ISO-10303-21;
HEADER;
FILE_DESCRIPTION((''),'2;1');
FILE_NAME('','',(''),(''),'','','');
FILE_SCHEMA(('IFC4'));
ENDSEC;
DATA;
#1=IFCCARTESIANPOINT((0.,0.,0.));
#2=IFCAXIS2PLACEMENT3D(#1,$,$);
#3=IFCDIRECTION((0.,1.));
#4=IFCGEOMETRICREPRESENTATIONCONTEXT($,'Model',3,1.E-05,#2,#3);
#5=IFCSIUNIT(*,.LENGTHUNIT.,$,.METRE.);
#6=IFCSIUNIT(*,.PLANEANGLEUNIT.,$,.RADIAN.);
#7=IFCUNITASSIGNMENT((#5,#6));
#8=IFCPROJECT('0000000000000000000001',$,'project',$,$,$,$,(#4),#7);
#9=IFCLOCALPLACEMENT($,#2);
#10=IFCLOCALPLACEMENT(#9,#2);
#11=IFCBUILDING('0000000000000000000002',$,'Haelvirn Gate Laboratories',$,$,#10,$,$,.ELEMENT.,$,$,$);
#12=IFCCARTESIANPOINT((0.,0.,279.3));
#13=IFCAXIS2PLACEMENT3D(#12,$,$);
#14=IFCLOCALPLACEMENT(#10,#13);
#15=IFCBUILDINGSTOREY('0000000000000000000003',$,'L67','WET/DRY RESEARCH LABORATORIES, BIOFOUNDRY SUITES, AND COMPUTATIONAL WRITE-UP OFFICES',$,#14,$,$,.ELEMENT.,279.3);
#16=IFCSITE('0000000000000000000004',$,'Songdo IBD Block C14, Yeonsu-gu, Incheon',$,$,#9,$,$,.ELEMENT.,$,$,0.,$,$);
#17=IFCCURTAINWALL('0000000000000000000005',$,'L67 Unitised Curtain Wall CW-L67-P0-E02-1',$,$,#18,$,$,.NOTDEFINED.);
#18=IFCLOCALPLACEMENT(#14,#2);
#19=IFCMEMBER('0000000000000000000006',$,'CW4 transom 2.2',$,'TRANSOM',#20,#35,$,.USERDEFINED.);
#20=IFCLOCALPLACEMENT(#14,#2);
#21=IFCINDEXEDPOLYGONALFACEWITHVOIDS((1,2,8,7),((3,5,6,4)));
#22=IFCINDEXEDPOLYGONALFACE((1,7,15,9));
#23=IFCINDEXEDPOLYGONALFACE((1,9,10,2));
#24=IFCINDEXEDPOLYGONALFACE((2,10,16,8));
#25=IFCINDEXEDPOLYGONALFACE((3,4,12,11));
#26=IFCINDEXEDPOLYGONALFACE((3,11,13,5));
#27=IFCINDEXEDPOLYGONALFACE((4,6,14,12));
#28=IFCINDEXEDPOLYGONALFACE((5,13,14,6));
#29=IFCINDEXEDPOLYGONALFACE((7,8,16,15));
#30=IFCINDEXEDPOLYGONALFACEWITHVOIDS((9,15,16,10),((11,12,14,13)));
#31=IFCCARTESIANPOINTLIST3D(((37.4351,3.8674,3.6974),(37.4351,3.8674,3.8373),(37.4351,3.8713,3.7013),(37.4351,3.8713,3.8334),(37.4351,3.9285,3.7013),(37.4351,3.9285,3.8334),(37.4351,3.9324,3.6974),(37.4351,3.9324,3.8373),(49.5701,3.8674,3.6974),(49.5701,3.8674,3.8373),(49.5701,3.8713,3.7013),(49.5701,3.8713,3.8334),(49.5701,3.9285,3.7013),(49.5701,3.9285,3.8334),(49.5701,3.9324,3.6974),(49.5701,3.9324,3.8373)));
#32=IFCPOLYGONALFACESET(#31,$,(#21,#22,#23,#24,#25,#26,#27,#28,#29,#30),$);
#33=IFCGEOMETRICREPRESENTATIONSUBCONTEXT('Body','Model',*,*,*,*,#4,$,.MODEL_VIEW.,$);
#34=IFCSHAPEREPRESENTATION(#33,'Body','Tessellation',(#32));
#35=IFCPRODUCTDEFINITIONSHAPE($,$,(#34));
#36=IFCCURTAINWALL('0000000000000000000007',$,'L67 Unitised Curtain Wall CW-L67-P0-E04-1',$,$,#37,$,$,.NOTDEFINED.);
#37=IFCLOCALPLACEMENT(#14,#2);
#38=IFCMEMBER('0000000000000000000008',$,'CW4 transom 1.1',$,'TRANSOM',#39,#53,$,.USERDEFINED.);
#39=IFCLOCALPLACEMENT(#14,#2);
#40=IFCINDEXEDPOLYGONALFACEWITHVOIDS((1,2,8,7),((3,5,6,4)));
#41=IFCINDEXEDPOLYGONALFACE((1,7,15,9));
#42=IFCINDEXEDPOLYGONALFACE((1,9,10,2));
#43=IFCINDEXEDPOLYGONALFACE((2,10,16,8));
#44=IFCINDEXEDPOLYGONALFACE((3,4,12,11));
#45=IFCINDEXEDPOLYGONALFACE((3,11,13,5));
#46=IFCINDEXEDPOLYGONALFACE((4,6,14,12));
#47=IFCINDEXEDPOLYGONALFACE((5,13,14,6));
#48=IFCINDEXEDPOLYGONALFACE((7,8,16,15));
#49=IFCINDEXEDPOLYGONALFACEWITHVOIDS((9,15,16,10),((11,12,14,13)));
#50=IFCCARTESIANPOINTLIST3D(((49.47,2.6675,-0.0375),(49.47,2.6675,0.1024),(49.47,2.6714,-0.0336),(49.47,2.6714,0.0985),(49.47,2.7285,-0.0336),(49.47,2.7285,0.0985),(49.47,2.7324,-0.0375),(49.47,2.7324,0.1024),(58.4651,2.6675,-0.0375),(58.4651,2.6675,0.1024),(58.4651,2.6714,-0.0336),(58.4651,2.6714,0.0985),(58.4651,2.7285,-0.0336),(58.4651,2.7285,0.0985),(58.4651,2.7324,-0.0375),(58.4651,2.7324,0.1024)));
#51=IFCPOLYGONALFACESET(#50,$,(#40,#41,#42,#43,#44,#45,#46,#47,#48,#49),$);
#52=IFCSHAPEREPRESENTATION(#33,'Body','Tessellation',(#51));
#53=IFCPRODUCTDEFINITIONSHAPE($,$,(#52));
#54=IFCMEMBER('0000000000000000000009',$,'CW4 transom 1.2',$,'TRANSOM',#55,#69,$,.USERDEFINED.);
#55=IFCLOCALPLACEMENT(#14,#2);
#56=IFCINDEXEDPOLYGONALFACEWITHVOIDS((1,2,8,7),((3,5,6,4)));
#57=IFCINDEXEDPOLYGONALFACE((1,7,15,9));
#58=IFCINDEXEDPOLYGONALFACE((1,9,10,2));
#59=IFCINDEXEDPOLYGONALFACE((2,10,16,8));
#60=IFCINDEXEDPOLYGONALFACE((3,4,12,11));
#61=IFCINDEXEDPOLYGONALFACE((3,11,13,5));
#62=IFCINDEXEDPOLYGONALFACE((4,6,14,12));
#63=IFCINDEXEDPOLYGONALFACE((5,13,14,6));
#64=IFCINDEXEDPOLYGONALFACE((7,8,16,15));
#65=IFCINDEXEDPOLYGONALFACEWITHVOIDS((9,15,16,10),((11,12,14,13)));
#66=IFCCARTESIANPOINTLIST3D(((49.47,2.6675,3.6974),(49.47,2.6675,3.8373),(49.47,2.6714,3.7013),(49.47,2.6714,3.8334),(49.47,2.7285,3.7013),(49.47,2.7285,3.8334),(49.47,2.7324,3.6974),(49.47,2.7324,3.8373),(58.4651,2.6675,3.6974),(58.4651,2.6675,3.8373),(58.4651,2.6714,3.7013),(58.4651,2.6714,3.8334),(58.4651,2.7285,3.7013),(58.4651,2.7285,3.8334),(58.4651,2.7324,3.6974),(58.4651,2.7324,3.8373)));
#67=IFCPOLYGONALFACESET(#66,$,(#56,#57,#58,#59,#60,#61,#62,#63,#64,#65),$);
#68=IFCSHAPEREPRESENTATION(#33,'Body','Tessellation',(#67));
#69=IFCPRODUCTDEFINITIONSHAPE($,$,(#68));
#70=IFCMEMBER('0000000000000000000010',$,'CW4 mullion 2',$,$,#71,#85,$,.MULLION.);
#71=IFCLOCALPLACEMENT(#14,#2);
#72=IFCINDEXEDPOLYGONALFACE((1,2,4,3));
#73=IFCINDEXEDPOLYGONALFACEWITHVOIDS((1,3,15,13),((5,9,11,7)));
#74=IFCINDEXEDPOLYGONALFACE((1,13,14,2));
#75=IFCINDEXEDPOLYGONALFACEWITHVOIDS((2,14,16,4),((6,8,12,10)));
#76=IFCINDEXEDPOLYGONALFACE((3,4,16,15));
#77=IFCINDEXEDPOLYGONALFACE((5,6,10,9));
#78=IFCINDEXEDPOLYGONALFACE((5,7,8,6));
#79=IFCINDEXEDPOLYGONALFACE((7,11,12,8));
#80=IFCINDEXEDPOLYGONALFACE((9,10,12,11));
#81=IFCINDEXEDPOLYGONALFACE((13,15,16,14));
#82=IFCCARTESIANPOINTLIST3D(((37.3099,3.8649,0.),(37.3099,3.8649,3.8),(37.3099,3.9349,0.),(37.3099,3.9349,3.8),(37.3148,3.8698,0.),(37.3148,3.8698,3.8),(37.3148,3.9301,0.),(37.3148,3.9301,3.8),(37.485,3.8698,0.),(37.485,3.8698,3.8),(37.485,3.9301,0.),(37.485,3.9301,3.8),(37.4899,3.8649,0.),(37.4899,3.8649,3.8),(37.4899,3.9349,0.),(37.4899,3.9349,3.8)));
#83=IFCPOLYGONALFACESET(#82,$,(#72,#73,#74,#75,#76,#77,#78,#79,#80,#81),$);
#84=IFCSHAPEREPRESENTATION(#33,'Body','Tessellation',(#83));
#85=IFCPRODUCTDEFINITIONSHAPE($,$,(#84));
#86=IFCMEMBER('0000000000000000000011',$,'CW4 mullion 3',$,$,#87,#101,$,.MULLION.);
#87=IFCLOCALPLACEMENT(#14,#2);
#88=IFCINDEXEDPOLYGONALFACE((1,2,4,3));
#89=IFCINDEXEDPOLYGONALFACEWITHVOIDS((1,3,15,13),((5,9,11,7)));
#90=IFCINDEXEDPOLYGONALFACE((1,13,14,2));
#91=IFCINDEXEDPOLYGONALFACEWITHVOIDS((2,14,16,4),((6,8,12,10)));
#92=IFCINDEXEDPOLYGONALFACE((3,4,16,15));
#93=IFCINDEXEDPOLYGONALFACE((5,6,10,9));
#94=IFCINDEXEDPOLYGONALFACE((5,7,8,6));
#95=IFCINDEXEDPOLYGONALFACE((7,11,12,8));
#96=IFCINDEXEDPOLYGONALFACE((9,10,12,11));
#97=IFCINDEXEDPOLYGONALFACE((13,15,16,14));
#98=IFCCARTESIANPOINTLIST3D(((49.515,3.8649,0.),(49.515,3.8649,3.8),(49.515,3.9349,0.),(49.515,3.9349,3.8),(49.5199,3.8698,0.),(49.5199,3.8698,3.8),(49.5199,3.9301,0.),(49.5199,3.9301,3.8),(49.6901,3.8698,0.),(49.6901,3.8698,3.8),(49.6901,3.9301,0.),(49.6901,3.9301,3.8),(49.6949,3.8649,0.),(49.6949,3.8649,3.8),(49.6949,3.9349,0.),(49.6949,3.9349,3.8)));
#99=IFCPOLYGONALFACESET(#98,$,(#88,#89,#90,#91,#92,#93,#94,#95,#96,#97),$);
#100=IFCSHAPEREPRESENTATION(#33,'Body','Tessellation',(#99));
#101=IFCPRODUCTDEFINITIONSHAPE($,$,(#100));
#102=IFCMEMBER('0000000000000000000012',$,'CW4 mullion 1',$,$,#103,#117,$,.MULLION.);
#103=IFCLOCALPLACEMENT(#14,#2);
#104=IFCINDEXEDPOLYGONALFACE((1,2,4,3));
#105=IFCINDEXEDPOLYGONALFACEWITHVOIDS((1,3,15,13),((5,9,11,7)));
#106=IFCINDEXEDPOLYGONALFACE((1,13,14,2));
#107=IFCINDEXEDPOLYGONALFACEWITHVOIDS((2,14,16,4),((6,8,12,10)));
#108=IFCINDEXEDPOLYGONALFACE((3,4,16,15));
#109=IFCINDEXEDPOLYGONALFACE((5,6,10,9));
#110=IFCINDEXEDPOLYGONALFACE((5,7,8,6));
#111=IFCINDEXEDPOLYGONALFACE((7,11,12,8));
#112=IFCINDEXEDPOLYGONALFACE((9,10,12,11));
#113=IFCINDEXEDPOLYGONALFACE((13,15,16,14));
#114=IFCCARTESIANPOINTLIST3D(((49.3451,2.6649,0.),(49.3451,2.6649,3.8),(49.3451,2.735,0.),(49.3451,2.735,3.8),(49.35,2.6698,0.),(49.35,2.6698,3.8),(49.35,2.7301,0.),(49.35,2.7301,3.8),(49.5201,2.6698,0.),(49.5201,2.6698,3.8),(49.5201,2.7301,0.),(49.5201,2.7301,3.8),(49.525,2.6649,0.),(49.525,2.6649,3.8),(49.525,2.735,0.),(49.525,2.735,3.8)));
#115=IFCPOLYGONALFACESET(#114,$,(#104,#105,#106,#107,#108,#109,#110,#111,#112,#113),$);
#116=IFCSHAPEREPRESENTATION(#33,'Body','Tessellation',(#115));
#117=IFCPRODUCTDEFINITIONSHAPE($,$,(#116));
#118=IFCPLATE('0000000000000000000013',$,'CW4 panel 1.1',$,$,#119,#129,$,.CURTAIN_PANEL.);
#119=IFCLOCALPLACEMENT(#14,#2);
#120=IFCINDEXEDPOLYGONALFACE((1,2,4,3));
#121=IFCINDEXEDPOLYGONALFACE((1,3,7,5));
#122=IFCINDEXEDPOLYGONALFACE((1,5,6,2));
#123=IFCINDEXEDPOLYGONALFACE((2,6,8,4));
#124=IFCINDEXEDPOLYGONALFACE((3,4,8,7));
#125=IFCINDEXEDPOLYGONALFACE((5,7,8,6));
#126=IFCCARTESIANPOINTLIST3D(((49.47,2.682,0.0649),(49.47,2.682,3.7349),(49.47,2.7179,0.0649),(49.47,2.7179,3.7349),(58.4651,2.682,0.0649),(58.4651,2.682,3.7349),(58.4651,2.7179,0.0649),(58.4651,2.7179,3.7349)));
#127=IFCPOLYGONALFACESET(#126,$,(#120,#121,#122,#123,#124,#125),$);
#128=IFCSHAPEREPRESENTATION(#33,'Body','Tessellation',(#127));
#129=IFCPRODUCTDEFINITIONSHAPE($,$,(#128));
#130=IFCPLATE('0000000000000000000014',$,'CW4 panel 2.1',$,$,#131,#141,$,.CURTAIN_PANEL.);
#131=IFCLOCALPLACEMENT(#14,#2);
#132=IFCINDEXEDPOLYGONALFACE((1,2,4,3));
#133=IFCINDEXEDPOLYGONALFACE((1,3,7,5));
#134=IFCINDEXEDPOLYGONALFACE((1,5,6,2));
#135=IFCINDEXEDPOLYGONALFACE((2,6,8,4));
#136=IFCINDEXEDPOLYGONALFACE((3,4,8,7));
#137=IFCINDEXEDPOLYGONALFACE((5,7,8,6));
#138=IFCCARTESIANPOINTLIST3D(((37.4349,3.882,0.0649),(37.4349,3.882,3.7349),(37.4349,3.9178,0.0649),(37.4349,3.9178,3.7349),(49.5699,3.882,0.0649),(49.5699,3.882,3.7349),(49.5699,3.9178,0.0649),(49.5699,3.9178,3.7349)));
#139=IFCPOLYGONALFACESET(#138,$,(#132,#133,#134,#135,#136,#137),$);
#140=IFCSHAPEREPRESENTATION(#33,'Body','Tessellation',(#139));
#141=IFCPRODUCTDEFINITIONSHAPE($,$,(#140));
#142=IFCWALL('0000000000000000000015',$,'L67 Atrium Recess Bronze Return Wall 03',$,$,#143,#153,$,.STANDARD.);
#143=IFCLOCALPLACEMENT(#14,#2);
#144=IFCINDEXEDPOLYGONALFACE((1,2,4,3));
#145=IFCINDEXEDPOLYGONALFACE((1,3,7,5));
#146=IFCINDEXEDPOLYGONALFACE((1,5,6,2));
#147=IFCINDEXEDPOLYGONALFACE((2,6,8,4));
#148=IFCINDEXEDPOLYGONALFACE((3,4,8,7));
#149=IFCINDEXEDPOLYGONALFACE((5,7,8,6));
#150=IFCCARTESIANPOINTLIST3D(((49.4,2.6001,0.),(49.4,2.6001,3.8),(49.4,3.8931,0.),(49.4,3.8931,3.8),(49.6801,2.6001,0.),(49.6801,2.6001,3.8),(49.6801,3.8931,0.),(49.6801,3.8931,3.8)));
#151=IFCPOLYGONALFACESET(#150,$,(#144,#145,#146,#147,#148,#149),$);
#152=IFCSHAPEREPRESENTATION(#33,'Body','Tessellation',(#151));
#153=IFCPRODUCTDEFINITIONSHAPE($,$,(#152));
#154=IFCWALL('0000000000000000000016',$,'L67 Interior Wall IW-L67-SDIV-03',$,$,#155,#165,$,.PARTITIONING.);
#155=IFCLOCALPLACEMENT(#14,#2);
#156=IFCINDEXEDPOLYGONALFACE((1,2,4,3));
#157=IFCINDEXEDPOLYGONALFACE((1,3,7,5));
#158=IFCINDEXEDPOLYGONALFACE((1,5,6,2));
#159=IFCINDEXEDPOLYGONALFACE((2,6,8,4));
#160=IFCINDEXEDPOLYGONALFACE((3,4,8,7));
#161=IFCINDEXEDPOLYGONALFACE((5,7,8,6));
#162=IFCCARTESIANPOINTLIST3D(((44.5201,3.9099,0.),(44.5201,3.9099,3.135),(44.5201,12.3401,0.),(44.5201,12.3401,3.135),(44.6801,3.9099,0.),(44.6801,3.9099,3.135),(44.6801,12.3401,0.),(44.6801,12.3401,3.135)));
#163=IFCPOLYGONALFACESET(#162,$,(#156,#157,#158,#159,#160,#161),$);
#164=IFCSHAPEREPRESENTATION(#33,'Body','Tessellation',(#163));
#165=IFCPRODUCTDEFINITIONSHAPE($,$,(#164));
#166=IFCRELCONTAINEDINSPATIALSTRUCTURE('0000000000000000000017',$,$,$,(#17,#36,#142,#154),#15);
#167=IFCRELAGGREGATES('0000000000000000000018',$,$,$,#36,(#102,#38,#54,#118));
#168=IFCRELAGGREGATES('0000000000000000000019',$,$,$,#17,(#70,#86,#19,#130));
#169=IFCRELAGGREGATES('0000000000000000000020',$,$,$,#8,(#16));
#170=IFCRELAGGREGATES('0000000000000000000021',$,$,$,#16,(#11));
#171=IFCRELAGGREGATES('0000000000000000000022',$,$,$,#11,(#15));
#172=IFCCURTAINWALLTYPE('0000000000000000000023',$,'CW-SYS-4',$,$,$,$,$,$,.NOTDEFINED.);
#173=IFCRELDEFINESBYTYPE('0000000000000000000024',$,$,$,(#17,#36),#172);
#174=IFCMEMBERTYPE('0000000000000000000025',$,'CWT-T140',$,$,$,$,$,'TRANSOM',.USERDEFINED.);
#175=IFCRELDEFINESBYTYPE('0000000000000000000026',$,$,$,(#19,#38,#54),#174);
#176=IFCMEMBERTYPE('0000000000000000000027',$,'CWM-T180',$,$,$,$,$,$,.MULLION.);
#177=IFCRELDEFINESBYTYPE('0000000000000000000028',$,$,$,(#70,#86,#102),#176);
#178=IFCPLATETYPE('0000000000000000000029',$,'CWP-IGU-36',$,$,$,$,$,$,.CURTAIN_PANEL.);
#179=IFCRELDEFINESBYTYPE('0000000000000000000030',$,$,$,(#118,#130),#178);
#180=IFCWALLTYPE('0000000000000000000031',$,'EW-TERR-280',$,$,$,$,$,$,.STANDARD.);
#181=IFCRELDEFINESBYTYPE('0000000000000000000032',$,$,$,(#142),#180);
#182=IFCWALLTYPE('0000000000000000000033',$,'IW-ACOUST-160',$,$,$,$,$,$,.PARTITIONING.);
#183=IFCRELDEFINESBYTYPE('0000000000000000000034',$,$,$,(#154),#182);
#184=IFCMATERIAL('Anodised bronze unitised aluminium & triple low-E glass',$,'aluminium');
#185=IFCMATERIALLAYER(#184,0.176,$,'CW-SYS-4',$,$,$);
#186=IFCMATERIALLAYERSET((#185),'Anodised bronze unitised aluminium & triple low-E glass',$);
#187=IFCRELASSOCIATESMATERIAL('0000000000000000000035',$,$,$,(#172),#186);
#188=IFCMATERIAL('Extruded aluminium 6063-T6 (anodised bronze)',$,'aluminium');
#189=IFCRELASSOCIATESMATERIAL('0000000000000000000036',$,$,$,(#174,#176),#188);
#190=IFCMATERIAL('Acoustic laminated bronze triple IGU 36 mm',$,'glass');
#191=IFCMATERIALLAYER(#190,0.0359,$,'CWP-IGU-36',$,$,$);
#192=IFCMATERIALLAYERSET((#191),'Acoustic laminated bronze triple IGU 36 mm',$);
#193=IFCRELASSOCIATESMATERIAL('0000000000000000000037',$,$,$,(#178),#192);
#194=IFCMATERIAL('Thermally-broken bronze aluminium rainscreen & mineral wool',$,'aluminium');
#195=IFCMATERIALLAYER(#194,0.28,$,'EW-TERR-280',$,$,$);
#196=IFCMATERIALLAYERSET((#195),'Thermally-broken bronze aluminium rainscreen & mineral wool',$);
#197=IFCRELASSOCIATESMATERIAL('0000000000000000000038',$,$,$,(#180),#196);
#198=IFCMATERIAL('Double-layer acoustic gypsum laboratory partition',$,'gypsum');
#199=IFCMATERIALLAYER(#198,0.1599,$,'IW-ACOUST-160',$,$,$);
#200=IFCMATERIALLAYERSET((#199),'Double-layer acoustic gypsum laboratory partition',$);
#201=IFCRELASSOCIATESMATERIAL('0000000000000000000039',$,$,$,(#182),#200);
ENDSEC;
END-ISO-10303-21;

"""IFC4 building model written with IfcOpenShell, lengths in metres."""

from ifc_helpers import new_model, si_unit, direction, frame, frame_2d, origin, origin_2d, place, context, subcontext, project, spatial, rectangle, hollow_rectangle, extrude, source, transform, mapped, material, layer, layer_set, material_profile, profile_set, type_object, type_shapes, element, aggregate, save


model = new_model("IFC4")

# Units and contexts
model_context = context("Model", 3, precision=1e-05, world=origin(), true_north=direction((0.0, 1.0)))
body_context = subcontext(model_context, "Body", "Model", "MODEL_VIEW")
ifc_project = project(units=[si_unit("LENGTHUNIT", "METRE"), si_unit("PLANEANGLEUNIT", "RADIAN")], contexts=[model_context])

# Site, building, storey
site_placement = place(None, origin())
site = spatial("IfcSite", under=ifc_project, at=site_placement, Name="Songdo IBD Block C14, Yeonsu-gu, Incheon", CompositionType="ELEMENT", RefElevation=0.0)
building_placement = place(site_placement, origin())
building = spatial("IfcBuilding", under=site, at=building_placement, Name="Haelvirn Gate Laboratories", CompositionType="ELEMENT")
storey_placement = place(building_placement, frame((0.0, 0.0, 279.3)))
storey = spatial("IfcBuildingStorey", under=building, at=storey_placement, Name="L67", Description="WET/DRY RESEARCH LABORATORIES, BIOFOUNDRY SUITES, AND COMPUTATIONAL WRITE-UP OFFICES", CompositionType="ELEMENT", Elevation=279.3)

# Curtain walls, members
ifc_material_1 = material(Name="Anodised bronze unitised aluminium & triple low-E glass", Category="aluminium")
ifc_layer_1 = layer(ifc_material_1, 0.176, Name="CW-SYS-4")
ifc_layer_set_1 = layer_set([ifc_layer_1], Name="Anodised bronze unitised aluminium & triple low-E glass")
curtain_wall_type = type_object("IfcCurtainWallType", Name="CW-SYS-4", PredefinedType="NOTDEFINED", material=ifc_layer_set_1)
curtain_wall_1_placement = place(storey_placement, origin())
curtain_wall_1 = element("IfcCurtainWall", 1, at=curtain_wall_1_placement, inside=storey, type_object=curtain_wall_type, Name="L67 Unitised Curtain Wall CW-L67-P0-E02-1", PredefinedType="NOTDEFINED")
ifc_material_2 = material(Name="Extruded aluminium 6063-T6 (anodised bronze)", Category="aluminium")
ifc_material_profile_1 = material_profile(ifc_material_2, hollow_rectangle(XDim=0.0649, YDim=0.1399, WallThickness=0.0039, at=origin_2d()), Name="CWT-140x65x4")
ifc_profile_set_1 = profile_set([ifc_material_profile_1], Name="Extruded aluminium 6063-T6 (anodised bronze)")
member_type_1 = type_object("IfcMemberType", Name="CWT-T140", ElementType="TRANSOM", PredefinedType="USERDEFINED", material=ifc_profile_set_1)
shared_shape_1 = source(origin(), body_context, "Body", "SweptSolid", [
    extrude(hollow_rectangle(XDim=0.0649, YDim=0.1399, WallThickness=0.0039, at=origin_2d()), origin(), (0.0, 0.0, 1.0), 12.135),
])
member_1_placement = place(storey_placement, frame((37.4351, 3.8999, 3.7673), z_axis=(1.0, 0.0, 0.0), x_axis=(0.0, 1.0, 0.0)))
member_1 = element("IfcMember", 2, at=member_1_placement, type_object=member_type_1, Name="CW4 transom 2.2", ObjectType="TRANSOM", PredefinedType="USERDEFINED", context=body_context, shape_type="MappedRepresentation", body=[
    mapped(shared_shape_1, transform((0.0, 0.0, 0.0), scale=1.0)),
])
curtain_wall_2_placement = place(storey_placement, origin())
curtain_wall_2 = element("IfcCurtainWall", 3, at=curtain_wall_2_placement, inside=storey, type_object=curtain_wall_type, Name="L67 Unitised Curtain Wall CW-L67-P0-E04-1", PredefinedType="NOTDEFINED")
shared_shape_2 = source(origin(), body_context, "Body", "SweptSolid", [
    extrude(hollow_rectangle(XDim=0.0649, YDim=0.1399, WallThickness=0.0039, at=origin_2d()), origin(), (0.0, 0.0, 1.0), 8.9951),
])
type_shapes(member_type_1, [shared_shape_1, shared_shape_2])
member_2_placement = place(storey_placement, frame((49.47, 2.7, 0.0325), z_axis=(1.0, 0.0, 0.0), x_axis=(0.0, 1.0, 0.0)))
member_2 = element("IfcMember", 4, at=member_2_placement, type_object=member_type_1, Name="CW4 transom 1.1", ObjectType="TRANSOM", PredefinedType="USERDEFINED", context=body_context, shape_type="MappedRepresentation", body=[
    mapped(shared_shape_2, transform((0.0, 0.0, 0.0), scale=1.0)),
])
member_3_placement = place(storey_placement, frame((49.47, 2.7, 3.7673), z_axis=(1.0, 0.0, 0.0), x_axis=(0.0, 1.0, 0.0)))
member_3 = element("IfcMember", 5, at=member_3_placement, type_object=member_type_1, Name="CW4 transom 1.2", ObjectType="TRANSOM", PredefinedType="USERDEFINED", context=body_context, shape_type="MappedRepresentation", body=[
    mapped(shared_shape_2, transform((0.0, 0.0, 0.0), scale=1.0)),
])

# Members
ifc_material_profile_2 = material_profile(ifc_material_2, hollow_rectangle(XDim=0.0701, YDim=0.1799, WallThickness=0.0049, at=origin_2d()), Name="CWM-180x70x5")
ifc_profile_set_2 = profile_set([ifc_material_profile_2], Name="Extruded aluminium 6063-T6 (anodised bronze)")
member_type_2 = type_object("IfcMemberType", Name="CWM-T180", PredefinedType="MULLION", material=ifc_profile_set_2)
shared_shape_3 = source(origin(), body_context, "Body", "SweptSolid", [
    extrude(hollow_rectangle(XDim=0.0701, YDim=0.1799, WallThickness=0.0049, at=origin_2d()), origin(), (0.0, 0.0, 1.0), 3.8),
])
type_shapes(member_type_2, [shared_shape_3])
member_4_placement = place(storey_placement, frame((37.3999, 3.8999, 0.0), z_axis=(0.0, 0.0, 1.0), x_axis=(0.0, 1.0, 0.0)))
member_4 = element("IfcMember", 6, at=member_4_placement, type_object=member_type_2, Name="CW4 mullion 2", PredefinedType="MULLION", context=body_context, shape_type="MappedRepresentation", body=[
    mapped(shared_shape_3, transform((0.0, 0.0, 0.0), scale=1.0)),
])
member_5_placement = place(storey_placement, frame((49.605, 3.8999, 0.0), z_axis=(0.0, 0.0, 1.0), x_axis=(0.0, 1.0, 0.0)))
member_5 = element("IfcMember", 7, at=member_5_placement, type_object=member_type_2, Name="CW4 mullion 3", PredefinedType="MULLION", context=body_context, shape_type="MappedRepresentation", body=[
    mapped(shared_shape_3, transform((0.0, 0.0, 0.0), scale=1.0)),
])
member_6_placement = place(storey_placement, frame((49.4351, 2.7, 0.0), z_axis=(0.0, 0.0, 1.0), x_axis=(0.0, 1.0, 0.0)))
member_6 = element("IfcMember", 8, at=member_6_placement, type_object=member_type_2, Name="CW4 mullion 1", PredefinedType="MULLION", context=body_context, shape_type="MappedRepresentation", body=[
    mapped(shared_shape_3, transform((0.0, 0.0, 0.0), scale=1.0)),
])

# Plates
ifc_material_3 = material(Name="Acoustic laminated bronze triple IGU 36 mm", Category="glass")
ifc_layer_2 = layer(ifc_material_3, 0.0359, Name="CWP-IGU-36")
ifc_layer_set_2 = layer_set([ifc_layer_2], Name="Acoustic laminated bronze triple IGU 36 mm")
plate_type = type_object("IfcPlateType", Name="CWP-IGU-36", PredefinedType="CURTAIN_PANEL", material=ifc_layer_set_2)
shared_shape_4 = source(origin(), body_context, "Body", "SweptSolid", [
    extrude(rectangle(XDim=8.9951, YDim=0.0359, at=origin_2d()), origin(), (0.0, 0.0, 1.0), 3.6699),
])
plate_1_placement = place(storey_placement, frame((53.9675, 2.7, 0.0649), z_axis=(0.0, 0.0, 1.0), x_axis=(1.0, 0.0, 0.0)))
plate_1 = element("IfcPlate", 9, at=plate_1_placement, type_object=plate_type, Name="CW4 panel 1.1", PredefinedType="CURTAIN_PANEL", context=body_context, shape_type="MappedRepresentation", body=[
    mapped(shared_shape_4, transform((0.0, 0.0, 0.0), scale=1.0)),
])
aggregate(curtain_wall_2, [member_6, member_2, member_3, plate_1])
shared_shape_5 = source(origin(), body_context, "Body", "SweptSolid", [
    extrude(rectangle(XDim=12.135, YDim=0.0359, at=origin_2d()), origin(), (0.0, 0.0, 1.0), 3.6699),
])
type_shapes(plate_type, [shared_shape_4, shared_shape_5])
plate_2_placement = place(storey_placement, frame((43.5024, 3.8999, 0.0649), z_axis=(0.0, 0.0, 1.0), x_axis=(1.0, 0.0, 0.0)))
plate_2 = element("IfcPlate", 10, at=plate_2_placement, type_object=plate_type, Name="CW4 panel 2.1", PredefinedType="CURTAIN_PANEL", context=body_context, shape_type="MappedRepresentation", body=[
    mapped(shared_shape_5, transform((0.0, 0.0, 0.0), scale=1.0)),
])
aggregate(curtain_wall_1, [member_4, member_5, member_1, plate_2])

# Walls
ifc_material_4 = material(Name="Thermally-broken bronze aluminium rainscreen & mineral wool", Category="aluminium")
ifc_layer_3 = layer(ifc_material_4, 0.28, Name="EW-TERR-280")
ifc_layer_set_3 = layer_set([ifc_layer_3], Name="Thermally-broken bronze aluminium rainscreen & mineral wool")
wall_type_1 = type_object("IfcWallType", Name="EW-TERR-280", PredefinedType="STANDARD", material=ifc_layer_set_3)
wall_1_placement = place(storey_placement, frame((49.54, 3.8931, 0.0), z_axis=(0.0, 0.0, 1.0), x_axis=(0.0, -1.0, 0.0)))
element("IfcWall", 11, at=wall_1_placement, inside=storey, type_object=wall_type_1, Name="L67 Atrium Recess Bronze Return Wall 03", PredefinedType="STANDARD", context=body_context, shape_type="SweptSolid", body=[
    extrude(rectangle(XDim=1.293, YDim=0.28, at=frame_2d((0.6465, 0.0))), origin(), (0.0, 0.0, 1.0), 3.8),
])
ifc_material_5 = material(Name="Double-layer acoustic gypsum laboratory partition", Category="gypsum")
ifc_layer_4 = layer(ifc_material_5, 0.1599, Name="IW-ACOUST-160")
ifc_layer_set_4 = layer_set([ifc_layer_4], Name="Double-layer acoustic gypsum laboratory partition")
wall_type_2 = type_object("IfcWallType", Name="IW-ACOUST-160", PredefinedType="PARTITIONING", material=ifc_layer_set_4)
wall_2_placement = place(storey_placement, frame((44.6001, 3.9099, 0.0), z_axis=(0.0, 0.0, 1.0), x_axis=(0.0, 1.0, 0.0)))
element("IfcWall", 12, at=wall_2_placement, inside=storey, type_object=wall_type_2, Name="L67 Interior Wall IW-L67-SDIV-03", PredefinedType="PARTITIONING", context=body_context, shape_type="SweptSolid", body=[
    extrude(rectangle(XDim=8.4302, YDim=0.1599, at=frame_2d((4.2151, 0.0))), origin(), (0.0, 0.0, 1.0), 3.135),
])

save(model, "model.ifc")
